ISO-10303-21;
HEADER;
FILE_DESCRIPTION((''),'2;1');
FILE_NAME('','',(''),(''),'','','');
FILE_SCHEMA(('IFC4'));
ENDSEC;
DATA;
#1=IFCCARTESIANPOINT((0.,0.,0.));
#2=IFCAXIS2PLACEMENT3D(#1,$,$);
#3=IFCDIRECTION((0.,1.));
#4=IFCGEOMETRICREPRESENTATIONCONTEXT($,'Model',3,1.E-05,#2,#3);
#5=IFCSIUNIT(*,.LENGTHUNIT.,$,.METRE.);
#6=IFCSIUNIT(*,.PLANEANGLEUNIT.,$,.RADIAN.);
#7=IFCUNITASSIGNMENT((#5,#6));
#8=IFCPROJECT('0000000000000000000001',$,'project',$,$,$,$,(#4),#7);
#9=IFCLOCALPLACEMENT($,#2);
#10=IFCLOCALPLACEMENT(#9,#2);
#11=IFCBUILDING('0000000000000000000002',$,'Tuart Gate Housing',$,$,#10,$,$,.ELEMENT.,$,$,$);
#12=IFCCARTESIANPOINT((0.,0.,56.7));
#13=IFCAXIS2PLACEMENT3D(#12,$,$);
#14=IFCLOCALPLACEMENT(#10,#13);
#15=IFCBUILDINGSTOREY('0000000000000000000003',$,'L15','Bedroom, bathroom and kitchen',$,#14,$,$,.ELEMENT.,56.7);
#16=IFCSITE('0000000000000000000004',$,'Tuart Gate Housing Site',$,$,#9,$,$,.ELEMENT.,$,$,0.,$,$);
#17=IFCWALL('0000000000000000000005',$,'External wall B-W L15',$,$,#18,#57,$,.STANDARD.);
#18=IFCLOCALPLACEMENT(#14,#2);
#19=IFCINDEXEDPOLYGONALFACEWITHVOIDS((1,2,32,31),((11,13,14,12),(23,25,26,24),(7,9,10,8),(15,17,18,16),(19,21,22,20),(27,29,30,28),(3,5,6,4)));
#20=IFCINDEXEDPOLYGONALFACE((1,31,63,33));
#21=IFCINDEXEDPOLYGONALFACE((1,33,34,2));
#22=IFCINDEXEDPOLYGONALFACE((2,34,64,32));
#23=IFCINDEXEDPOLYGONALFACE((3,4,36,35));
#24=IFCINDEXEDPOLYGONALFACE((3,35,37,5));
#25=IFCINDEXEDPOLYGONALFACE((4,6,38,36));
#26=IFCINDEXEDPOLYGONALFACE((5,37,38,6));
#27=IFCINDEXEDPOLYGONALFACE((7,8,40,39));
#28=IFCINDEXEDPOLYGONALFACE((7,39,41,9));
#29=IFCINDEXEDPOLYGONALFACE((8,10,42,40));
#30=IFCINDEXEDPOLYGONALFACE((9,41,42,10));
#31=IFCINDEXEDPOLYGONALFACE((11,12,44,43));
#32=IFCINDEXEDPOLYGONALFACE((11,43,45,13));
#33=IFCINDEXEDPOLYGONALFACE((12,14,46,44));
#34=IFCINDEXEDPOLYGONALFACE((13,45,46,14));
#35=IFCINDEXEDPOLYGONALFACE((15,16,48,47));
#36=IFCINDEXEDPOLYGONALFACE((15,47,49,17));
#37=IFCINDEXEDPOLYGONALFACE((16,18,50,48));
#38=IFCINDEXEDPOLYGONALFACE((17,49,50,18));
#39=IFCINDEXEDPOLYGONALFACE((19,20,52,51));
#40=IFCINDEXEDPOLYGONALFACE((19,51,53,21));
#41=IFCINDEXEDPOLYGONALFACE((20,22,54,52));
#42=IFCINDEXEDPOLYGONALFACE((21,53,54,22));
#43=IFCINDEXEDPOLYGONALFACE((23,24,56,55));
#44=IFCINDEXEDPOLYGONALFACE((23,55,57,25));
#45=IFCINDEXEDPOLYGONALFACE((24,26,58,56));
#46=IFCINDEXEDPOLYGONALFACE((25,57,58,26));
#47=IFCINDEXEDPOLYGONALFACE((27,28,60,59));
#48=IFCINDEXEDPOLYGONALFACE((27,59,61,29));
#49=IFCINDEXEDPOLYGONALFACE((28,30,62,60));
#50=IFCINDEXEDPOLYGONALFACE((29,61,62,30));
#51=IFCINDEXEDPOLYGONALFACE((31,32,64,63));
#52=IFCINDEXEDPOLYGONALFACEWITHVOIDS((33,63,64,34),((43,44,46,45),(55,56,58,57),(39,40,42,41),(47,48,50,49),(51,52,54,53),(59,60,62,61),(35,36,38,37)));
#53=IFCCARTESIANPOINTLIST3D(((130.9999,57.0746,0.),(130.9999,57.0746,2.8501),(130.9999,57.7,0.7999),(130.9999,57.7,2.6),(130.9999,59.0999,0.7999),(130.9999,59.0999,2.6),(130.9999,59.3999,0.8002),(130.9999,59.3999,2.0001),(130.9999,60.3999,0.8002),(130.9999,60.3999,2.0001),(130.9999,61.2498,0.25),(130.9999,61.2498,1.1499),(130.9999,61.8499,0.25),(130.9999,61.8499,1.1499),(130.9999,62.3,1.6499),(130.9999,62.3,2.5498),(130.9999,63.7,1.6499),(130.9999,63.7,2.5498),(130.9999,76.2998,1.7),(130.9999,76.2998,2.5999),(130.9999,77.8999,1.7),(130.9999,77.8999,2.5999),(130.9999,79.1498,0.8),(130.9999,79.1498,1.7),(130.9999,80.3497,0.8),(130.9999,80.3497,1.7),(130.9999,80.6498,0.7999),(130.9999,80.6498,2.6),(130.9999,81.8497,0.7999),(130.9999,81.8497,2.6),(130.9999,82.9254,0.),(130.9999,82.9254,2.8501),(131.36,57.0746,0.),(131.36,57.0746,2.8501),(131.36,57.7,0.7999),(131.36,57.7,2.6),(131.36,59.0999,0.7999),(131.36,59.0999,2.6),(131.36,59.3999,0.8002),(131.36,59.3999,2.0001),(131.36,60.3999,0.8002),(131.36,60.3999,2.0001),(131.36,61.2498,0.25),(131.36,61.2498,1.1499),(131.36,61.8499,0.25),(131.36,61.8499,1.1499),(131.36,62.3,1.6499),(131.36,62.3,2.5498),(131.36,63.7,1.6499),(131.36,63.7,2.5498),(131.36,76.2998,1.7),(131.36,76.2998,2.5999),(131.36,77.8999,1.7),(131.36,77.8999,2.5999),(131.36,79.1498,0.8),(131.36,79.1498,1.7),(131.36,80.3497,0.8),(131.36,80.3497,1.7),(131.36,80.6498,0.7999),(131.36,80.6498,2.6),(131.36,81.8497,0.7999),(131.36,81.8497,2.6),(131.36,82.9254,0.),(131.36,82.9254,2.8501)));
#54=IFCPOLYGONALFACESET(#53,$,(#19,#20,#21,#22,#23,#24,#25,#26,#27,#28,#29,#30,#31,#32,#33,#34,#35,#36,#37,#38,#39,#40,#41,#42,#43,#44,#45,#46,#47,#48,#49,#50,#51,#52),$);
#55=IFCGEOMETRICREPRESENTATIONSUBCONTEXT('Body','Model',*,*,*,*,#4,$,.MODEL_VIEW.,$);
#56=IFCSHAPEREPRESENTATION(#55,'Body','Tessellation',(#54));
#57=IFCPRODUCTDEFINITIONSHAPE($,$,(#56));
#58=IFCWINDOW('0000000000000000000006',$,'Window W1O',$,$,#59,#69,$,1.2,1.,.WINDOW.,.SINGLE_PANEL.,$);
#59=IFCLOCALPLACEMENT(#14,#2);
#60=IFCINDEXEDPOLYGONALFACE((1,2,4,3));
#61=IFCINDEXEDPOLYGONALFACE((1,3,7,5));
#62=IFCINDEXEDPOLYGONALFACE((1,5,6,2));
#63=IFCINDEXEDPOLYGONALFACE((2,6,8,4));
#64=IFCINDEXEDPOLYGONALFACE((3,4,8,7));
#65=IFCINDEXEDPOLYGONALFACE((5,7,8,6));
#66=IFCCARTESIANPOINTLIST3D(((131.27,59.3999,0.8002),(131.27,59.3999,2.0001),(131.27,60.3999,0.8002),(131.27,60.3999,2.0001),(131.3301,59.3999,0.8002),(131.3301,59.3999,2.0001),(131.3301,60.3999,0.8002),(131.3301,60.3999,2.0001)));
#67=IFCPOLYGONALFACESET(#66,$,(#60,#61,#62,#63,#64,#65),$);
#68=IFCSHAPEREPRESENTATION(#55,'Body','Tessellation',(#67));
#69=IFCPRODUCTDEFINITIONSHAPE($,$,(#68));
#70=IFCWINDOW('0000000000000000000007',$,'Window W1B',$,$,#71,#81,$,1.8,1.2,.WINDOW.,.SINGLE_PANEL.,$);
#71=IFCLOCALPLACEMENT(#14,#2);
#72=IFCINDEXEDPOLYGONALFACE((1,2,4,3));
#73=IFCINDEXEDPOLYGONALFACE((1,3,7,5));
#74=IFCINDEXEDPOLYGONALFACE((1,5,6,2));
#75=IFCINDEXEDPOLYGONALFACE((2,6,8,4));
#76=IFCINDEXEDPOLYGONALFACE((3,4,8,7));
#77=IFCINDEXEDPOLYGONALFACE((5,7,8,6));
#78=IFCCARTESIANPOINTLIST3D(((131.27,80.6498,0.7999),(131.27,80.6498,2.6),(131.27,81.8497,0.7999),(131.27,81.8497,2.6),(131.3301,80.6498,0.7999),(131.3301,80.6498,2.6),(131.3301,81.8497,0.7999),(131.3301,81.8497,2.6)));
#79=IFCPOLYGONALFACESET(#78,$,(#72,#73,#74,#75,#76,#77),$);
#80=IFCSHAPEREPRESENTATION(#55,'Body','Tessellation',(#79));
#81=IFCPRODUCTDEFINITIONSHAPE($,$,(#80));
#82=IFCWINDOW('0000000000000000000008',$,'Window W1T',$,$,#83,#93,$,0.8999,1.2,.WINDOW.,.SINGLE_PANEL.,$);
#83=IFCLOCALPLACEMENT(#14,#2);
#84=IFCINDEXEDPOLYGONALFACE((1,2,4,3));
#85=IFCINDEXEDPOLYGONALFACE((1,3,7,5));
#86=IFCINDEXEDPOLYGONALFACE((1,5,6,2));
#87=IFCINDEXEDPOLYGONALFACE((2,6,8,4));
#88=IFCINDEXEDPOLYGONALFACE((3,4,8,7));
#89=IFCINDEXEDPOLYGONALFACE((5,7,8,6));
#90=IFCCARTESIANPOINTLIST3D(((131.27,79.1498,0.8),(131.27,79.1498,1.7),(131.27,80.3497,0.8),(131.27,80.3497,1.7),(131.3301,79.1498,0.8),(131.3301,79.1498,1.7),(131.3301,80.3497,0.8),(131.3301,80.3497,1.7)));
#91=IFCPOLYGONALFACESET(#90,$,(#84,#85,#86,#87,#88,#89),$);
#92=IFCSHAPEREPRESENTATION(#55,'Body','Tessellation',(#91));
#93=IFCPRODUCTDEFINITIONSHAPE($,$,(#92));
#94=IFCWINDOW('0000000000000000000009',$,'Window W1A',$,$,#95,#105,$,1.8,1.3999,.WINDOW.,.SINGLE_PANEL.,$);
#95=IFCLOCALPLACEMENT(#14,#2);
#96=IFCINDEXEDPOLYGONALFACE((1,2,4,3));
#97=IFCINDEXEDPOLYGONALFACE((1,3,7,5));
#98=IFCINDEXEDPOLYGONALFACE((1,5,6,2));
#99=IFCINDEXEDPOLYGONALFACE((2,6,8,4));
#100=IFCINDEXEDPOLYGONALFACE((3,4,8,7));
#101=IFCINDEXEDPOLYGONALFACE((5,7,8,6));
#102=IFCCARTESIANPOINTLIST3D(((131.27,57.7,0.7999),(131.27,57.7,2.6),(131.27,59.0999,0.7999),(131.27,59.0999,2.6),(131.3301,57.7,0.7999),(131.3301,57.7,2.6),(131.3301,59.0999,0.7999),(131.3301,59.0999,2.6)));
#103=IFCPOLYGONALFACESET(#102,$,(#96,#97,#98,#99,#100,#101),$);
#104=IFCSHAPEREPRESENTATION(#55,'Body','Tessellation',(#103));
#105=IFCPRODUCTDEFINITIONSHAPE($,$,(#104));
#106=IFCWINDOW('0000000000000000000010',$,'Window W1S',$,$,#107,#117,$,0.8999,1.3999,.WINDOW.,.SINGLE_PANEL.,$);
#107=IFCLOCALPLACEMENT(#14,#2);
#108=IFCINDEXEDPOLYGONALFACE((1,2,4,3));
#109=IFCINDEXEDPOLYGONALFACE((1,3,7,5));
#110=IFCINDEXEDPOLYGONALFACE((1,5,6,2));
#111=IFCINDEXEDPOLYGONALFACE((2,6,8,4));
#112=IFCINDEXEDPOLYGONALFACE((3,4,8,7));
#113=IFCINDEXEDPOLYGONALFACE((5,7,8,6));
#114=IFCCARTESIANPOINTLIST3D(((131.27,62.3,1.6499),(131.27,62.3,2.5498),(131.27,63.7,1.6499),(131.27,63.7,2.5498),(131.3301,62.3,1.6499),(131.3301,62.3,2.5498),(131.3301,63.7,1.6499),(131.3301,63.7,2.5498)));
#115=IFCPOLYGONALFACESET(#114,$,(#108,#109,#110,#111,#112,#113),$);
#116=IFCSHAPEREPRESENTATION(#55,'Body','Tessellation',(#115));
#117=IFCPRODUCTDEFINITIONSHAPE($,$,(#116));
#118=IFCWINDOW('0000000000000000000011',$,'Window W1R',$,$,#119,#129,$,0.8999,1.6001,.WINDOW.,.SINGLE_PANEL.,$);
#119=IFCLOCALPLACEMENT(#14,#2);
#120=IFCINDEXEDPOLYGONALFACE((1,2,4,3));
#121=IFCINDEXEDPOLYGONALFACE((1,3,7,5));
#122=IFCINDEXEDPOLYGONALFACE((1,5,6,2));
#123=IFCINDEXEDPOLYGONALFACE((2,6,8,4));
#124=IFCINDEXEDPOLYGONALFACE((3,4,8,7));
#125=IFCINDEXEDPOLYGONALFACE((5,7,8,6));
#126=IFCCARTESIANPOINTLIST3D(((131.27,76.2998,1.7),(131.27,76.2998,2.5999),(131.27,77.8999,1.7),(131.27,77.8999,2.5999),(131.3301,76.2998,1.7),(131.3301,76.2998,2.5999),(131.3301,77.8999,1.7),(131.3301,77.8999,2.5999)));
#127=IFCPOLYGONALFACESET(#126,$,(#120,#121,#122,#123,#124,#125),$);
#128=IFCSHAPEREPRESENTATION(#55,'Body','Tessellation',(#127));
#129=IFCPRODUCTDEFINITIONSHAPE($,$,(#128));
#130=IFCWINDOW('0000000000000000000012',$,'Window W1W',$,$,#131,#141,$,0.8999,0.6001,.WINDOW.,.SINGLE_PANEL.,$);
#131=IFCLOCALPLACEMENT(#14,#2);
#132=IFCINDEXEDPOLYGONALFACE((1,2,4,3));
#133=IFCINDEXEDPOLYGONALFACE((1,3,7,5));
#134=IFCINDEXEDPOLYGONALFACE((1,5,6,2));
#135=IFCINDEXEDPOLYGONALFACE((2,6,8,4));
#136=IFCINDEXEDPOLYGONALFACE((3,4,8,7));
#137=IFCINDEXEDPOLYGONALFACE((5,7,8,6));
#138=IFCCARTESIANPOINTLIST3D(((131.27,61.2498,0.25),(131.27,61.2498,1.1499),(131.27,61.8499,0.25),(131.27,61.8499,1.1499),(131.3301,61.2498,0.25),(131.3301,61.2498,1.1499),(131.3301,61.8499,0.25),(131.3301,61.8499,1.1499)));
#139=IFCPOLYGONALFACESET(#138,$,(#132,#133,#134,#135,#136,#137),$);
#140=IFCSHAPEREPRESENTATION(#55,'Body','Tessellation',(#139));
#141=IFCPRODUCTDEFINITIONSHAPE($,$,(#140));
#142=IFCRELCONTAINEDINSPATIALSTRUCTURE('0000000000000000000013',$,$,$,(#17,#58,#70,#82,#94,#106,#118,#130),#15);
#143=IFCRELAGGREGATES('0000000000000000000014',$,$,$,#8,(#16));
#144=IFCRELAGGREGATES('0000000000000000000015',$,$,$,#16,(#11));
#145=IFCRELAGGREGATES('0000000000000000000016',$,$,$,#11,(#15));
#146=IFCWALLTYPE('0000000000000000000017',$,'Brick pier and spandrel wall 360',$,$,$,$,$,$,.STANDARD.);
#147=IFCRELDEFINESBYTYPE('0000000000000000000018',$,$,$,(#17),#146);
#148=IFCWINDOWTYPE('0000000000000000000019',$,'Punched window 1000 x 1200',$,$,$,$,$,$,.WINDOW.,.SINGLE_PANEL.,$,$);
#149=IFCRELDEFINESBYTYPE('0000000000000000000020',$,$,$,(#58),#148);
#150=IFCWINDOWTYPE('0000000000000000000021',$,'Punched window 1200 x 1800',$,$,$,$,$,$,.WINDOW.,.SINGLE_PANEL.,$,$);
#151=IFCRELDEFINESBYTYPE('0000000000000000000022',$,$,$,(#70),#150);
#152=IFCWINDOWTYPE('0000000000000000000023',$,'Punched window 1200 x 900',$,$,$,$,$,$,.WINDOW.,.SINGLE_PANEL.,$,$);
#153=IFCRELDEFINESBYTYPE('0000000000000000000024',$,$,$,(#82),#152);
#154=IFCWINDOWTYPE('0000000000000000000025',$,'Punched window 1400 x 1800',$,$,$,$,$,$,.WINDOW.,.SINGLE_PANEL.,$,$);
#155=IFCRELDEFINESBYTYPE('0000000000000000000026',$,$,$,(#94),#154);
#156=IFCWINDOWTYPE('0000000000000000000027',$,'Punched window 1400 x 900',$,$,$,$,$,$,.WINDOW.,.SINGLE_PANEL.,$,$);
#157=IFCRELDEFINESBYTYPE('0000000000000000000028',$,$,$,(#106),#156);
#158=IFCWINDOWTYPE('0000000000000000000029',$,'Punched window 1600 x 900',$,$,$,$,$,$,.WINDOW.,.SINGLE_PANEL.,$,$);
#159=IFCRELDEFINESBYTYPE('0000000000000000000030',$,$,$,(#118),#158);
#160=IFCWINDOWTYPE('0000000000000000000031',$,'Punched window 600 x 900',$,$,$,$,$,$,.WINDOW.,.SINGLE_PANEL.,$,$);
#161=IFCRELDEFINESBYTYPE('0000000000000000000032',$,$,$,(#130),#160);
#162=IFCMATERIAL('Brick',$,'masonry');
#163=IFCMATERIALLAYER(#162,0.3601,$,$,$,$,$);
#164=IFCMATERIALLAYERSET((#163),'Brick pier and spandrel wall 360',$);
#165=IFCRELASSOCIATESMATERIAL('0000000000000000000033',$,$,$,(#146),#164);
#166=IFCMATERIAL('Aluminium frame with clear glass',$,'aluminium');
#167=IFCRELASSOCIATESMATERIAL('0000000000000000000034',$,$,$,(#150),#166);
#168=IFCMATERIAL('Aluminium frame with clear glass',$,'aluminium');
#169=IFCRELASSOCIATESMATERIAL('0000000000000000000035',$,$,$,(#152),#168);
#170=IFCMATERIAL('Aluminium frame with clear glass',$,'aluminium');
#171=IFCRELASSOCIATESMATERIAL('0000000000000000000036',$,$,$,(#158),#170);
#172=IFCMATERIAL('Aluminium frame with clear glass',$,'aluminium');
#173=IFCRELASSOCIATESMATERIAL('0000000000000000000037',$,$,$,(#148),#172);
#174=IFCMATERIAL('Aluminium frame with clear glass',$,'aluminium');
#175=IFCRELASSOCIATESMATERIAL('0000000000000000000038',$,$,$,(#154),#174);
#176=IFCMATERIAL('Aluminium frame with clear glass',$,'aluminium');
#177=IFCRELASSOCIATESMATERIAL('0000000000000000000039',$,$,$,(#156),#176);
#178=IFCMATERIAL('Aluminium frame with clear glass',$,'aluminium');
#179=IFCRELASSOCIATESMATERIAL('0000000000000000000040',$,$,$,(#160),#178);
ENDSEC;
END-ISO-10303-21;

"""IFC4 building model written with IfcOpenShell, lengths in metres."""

from ifc_helpers import new_model, si_unit, direction, frame, frame_2d, origin, place, context, subcontext, project, spatial, rectangle, extrude, material, layer, layer_set, type_object, element, fill, save


model = new_model("IFC4")

# Units and contexts
model_context = context("Model", 3, precision=1e-05, world=origin(), true_north=direction((0.0, 1.0)))
body_context = subcontext(model_context, "Body", "Model", "MODEL_VIEW")
ifc_project = project(units=[si_unit("LENGTHUNIT", "METRE"), si_unit("PLANEANGLEUNIT", "RADIAN")], contexts=[model_context])

# Site, building, storey
site_placement = place(None, origin())
site = spatial("IfcSite", under=ifc_project, at=site_placement, Name="Tuart Gate Housing Site", CompositionType="ELEMENT", RefElevation=0.0)
building_placement = place(site_placement, origin())
building = spatial("IfcBuilding", under=site, at=building_placement, Name="Tuart Gate Housing", CompositionType="ELEMENT")
storey_placement = place(building_placement, frame((0.0, 0.0, 56.7)))
storey = spatial("IfcBuildingStorey", under=building, at=storey_placement, Name="L15", Description="Bedroom, bathroom and kitchen", CompositionType="ELEMENT", Elevation=56.7)

# Shared definitions
ifc_material_1 = material(Name="Brick", Category="masonry")
ifc_layer_1 = layer(ifc_material_1, 0.3601)
ifc_layer_set_1 = layer_set([ifc_layer_1], Name="Brick pier and spandrel wall 360")
wall_type_1 = type_object("IfcWallType", Name="Brick pier and spandrel wall 360", PredefinedType="STANDARD", material=ifc_layer_set_1)
ifc_material_2 = material(Name="Aluminium frame with clear glass", Category="aluminium")
window_type_1 = type_object("IfcWindowType", Name="Punched window 1200 x 1800", PartitioningType="SINGLE_PANEL", PredefinedType="WINDOW", material=ifc_material_2)
ifc_material_3 = material(Name="Aluminium frame with clear glass", Category="aluminium")
window_type_2 = type_object("IfcWindowType", Name="Punched window 1200 x 900", PartitioningType="SINGLE_PANEL", PredefinedType="WINDOW", material=ifc_material_3)
ifc_material_4 = material(Name="Aluminium frame with clear glass", Category="aluminium")
window_type_3 = type_object("IfcWindowType", Name="Punched window 1600 x 900", PartitioningType="SINGLE_PANEL", PredefinedType="WINDOW", material=ifc_material_4)

# Wall, openings, windows
wall_1_placement = place(storey_placement, frame((131.1799, 82.9253, 0.0), z_axis=(0.0, 0.0, 1.0), x_axis=(0.0, -1.0, 0.0)))
wall_1 = element("IfcWall", 1, at=wall_1_placement, inside=storey, type_object=wall_type_1, Name="External wall B-W L15", PredefinedType="STANDARD", context=body_context, shape_type="SweptSolid", body=[
    extrude(rectangle(XDim=25.8508, YDim=0.3601, at=frame_2d((12.9253, 0.0))), origin(), (0.0, 0.0, 1.0), 2.8501),
])
opening_1_placement = place(wall_1_placement, frame((1.0754, 0.0, 0.8)))
opening_1 = element("IfcOpeningElement", 2, at=opening_1_placement, cuts=wall_1, PredefinedType="OPENING", context=body_context, shape_type="SweptSolid", body=[
    extrude(rectangle(XDim=1.2, YDim=1.8, at=frame_2d((0.6001, 0.8999))), frame((0.0, 0.1899, 0.0), z_axis=(0.0, -1.0, 0.0), x_axis=(1.0, 0.0, 0.0)), (0.0, 0.0, 1.0), 0.3801),
])
opening_2_placement = place(wall_1_placement, frame((2.5754, 0.0, 0.8)))
opening_2 = element("IfcOpeningElement", 3, at=opening_2_placement, cuts=wall_1, PredefinedType="OPENING", context=body_context, shape_type="SweptSolid", body=[
    extrude(rectangle(XDim=1.2, YDim=0.8999, at=frame_2d((0.6001, 0.45))), frame((0.0, 0.1899, 0.0), z_axis=(0.0, -1.0, 0.0), x_axis=(1.0, 0.0, 0.0)), (0.0, 0.0, 1.0), 0.3801),
])
opening_3_placement = place(wall_1_placement, frame((19.2253, 0.0, 1.6499)))
opening_3 = element("IfcOpeningElement", 4, at=opening_3_placement, cuts=wall_1, PredefinedType="OPENING", context=body_context, shape_type="SweptSolid", body=[
    extrude(rectangle(XDim=1.3999, YDim=0.8999, at=frame_2d((0.7, 0.45))), frame((0.0, 0.1899, 0.0), z_axis=(0.0, -1.0, 0.0), x_axis=(1.0, 0.0, 0.0)), (0.0, 0.0, 1.0), 0.3801),
])
opening_4_placement = place(wall_1_placement, frame((22.5254, 0.0, 0.8)))
opening_4 = element("IfcOpeningElement", 5, at=opening_4_placement, cuts=wall_1, PredefinedType="OPENING", context=body_context, shape_type="SweptSolid", body=[
    extrude(rectangle(XDim=1.0, YDim=1.2, at=frame_2d((0.5, 0.6001))), frame((0.0, 0.1899, 0.0), z_axis=(0.0, -1.0, 0.0), x_axis=(1.0, 0.0, 0.0)), (0.0, 0.0, 1.0), 0.3801),
])
opening_5_placement = place(wall_1_placement, frame((5.0254, 0.0, 1.7)))
opening_5 = element("IfcOpeningElement", 6, at=opening_5_placement, cuts=wall_1, PredefinedType="OPENING", context=body_context, shape_type="SweptSolid", body=[
    extrude(rectangle(XDim=1.6001, YDim=0.8999, at=frame_2d((0.8, 0.45))), frame((0.0, 0.1899, 0.0), z_axis=(0.0, -1.0, 0.0), x_axis=(1.0, 0.0, 0.0)), (0.0, 0.0, 1.0), 0.3801),
])
opening_6_placement = place(wall_1_placement, frame((21.0754, 0.0, 0.25)))
opening_6 = element("IfcOpeningElement", 7, at=opening_6_placement, cuts=wall_1, PredefinedType="OPENING", context=body_context, shape_type="SweptSolid", body=[
    extrude(rectangle(XDim=0.6001, YDim=0.8999, at=frame_2d((0.3, 0.45))), frame((0.0, 0.1899, 0.0), z_axis=(0.0, -1.0, 0.0), x_axis=(1.0, 0.0, 0.0)), (0.0, 0.0, 1.0), 0.3801),
])
opening_7_placement = place(wall_1_placement, frame((23.8254, 0.0, 0.8)))
opening_7 = element("IfcOpeningElement", 8, at=opening_7_placement, cuts=wall_1, PredefinedType="OPENING", context=body_context, shape_type="SweptSolid", body=[
    extrude(rectangle(XDim=1.3999, YDim=1.8, at=frame_2d((0.7, 0.8999))), frame((0.0, 0.1899, 0.0), z_axis=(0.0, -1.0, 0.0), x_axis=(1.0, 0.0, 0.0)), (0.0, 0.0, 1.0), 0.3801),
])
ifc_material_5 = material(Name="Aluminium frame with clear glass", Category="aluminium")
window_type_4 = type_object("IfcWindowType", Name="Punched window 1000 x 1200", PartitioningType="SINGLE_PANEL", PredefinedType="WINDOW", material=ifc_material_5)
window_1_placement = place(opening_4_placement, origin())
window_1 = element("IfcWindow", 9, at=window_1_placement, inside=storey, type_object=window_type_4, Name="Window W1O", OverallHeight=1.2, OverallWidth=1.0, PartitioningType="SINGLE_PANEL", PredefinedType="WINDOW", context=body_context, shape_type="SweptSolid", body=[
    extrude(rectangle(XDim=1.0, YDim=1.2, at=frame_2d((0.5, 0.6001))), frame((0.0, 0.1501, 0.0), z_axis=(0.0, -1.0, 0.0), x_axis=(1.0, 0.0, 0.0)), (0.0, 0.0, 1.0), 0.0601),
])
fill(opening_4, window_1)
window_2_placement = place(opening_1_placement, origin())
window_2 = element("IfcWindow", 10, at=window_2_placement, inside=storey, type_object=window_type_1, Name="Window W1B", OverallHeight=1.8, OverallWidth=1.2, PartitioningType="SINGLE_PANEL", PredefinedType="WINDOW", context=body_context, shape_type="SweptSolid", body=[
    extrude(rectangle(XDim=1.2, YDim=1.8, at=frame_2d((0.6001, 0.8999))), frame((0.0, 0.1501, 0.0), z_axis=(0.0, -1.0, 0.0), x_axis=(1.0, 0.0, 0.0)), (0.0, 0.0, 1.0), 0.0601),
])
fill(opening_1, window_2)
window_3_placement = place(opening_2_placement, origin())
window_3 = element("IfcWindow", 11, at=window_3_placement, inside=storey, type_object=window_type_2, Name="Window W1T", OverallHeight=0.8999, OverallWidth=1.2, PartitioningType="SINGLE_PANEL", PredefinedType="WINDOW", context=body_context, shape_type="SweptSolid", body=[
    extrude(rectangle(XDim=1.2, YDim=0.8999, at=frame_2d((0.6001, 0.45))), frame((0.0, 0.1501, 0.0), z_axis=(0.0, -1.0, 0.0), x_axis=(1.0, 0.0, 0.0)), (0.0, 0.0, 1.0), 0.0601),
])
fill(opening_2, window_3)
ifc_material_6 = material(Name="Aluminium frame with clear glass", Category="aluminium")
window_type_5 = type_object("IfcWindowType", Name="Punched window 1400 x 1800", PartitioningType="SINGLE_PANEL", PredefinedType="WINDOW", material=ifc_material_6)
window_4_placement = place(opening_7_placement, origin())
window_4 = element("IfcWindow", 12, at=window_4_placement, inside=storey, type_object=window_type_5, Name="Window W1A", OverallHeight=1.8, OverallWidth=1.3999, PartitioningType="SINGLE_PANEL", PredefinedType="WINDOW", context=body_context, shape_type="SweptSolid", body=[
    extrude(rectangle(XDim=1.3999, YDim=1.8, at=frame_2d((0.7, 0.8999))), frame((0.0, 0.1501, 0.0), z_axis=(0.0, -1.0, 0.0), x_axis=(1.0, 0.0, 0.0)), (0.0, 0.0, 1.0), 0.0601),
])
fill(opening_7, window_4)
ifc_material_7 = material(Name="Aluminium frame with clear glass", Category="aluminium")
window_type_6 = type_object("IfcWindowType", Name="Punched window 1400 x 900", PartitioningType="SINGLE_PANEL", PredefinedType="WINDOW", material=ifc_material_7)
window_5_placement = place(opening_3_placement, origin())
window_5 = element("IfcWindow", 13, at=window_5_placement, inside=storey, type_object=window_type_6, Name="Window W1S", OverallHeight=0.8999, OverallWidth=1.3999, PartitioningType="SINGLE_PANEL", PredefinedType="WINDOW", context=body_context, shape_type="SweptSolid", body=[
    extrude(rectangle(XDim=1.3999, YDim=0.8999, at=frame_2d((0.7, 0.45))), frame((0.0, 0.1501, 0.0), z_axis=(0.0, -1.0, 0.0), x_axis=(1.0, 0.0, 0.0)), (0.0, 0.0, 1.0), 0.0601),
])
fill(opening_3, window_5)
window_6_placement = place(opening_5_placement, origin())
window_6 = element("IfcWindow", 14, at=window_6_placement, inside=storey, type_object=window_type_3, Name="Window W1R", OverallHeight=0.8999, OverallWidth=1.6001, PartitioningType="SINGLE_PANEL", PredefinedType="WINDOW", context=body_context, shape_type="SweptSolid", body=[
    extrude(rectangle(XDim=1.6001, YDim=0.8999, at=frame_2d((0.8, 0.45))), frame((0.0, 0.1501, 0.0), z_axis=(0.0, -1.0, 0.0), x_axis=(1.0, 0.0, 0.0)), (0.0, 0.0, 1.0), 0.0601),
])
fill(opening_5, window_6)
ifc_material_8 = material(Name="Aluminium frame with clear glass", Category="aluminium")
window_type_7 = type_object("IfcWindowType", Name="Punched window 600 x 900", PartitioningType="SINGLE_PANEL", PredefinedType="WINDOW", material=ifc_material_8)
window_7_placement = place(opening_6_placement, origin())
window_7 = element("IfcWindow", 15, at=window_7_placement, inside=storey, type_object=window_type_7, Name="Window W1W", OverallHeight=0.8999, OverallWidth=0.6001, PartitioningType="SINGLE_PANEL", PredefinedType="WINDOW", context=body_context, shape_type="SweptSolid", body=[
    extrude(rectangle(XDim=0.6001, YDim=0.8999, at=frame_2d((0.3, 0.45))), frame((0.0, 0.1501, 0.0), z_axis=(0.0, -1.0, 0.0), x_axis=(1.0, 0.0, 0.0)), (0.0, 0.0, 1.0), 0.0601),
])
fill(opening_6, window_7)

save(model, "model.ifc")
